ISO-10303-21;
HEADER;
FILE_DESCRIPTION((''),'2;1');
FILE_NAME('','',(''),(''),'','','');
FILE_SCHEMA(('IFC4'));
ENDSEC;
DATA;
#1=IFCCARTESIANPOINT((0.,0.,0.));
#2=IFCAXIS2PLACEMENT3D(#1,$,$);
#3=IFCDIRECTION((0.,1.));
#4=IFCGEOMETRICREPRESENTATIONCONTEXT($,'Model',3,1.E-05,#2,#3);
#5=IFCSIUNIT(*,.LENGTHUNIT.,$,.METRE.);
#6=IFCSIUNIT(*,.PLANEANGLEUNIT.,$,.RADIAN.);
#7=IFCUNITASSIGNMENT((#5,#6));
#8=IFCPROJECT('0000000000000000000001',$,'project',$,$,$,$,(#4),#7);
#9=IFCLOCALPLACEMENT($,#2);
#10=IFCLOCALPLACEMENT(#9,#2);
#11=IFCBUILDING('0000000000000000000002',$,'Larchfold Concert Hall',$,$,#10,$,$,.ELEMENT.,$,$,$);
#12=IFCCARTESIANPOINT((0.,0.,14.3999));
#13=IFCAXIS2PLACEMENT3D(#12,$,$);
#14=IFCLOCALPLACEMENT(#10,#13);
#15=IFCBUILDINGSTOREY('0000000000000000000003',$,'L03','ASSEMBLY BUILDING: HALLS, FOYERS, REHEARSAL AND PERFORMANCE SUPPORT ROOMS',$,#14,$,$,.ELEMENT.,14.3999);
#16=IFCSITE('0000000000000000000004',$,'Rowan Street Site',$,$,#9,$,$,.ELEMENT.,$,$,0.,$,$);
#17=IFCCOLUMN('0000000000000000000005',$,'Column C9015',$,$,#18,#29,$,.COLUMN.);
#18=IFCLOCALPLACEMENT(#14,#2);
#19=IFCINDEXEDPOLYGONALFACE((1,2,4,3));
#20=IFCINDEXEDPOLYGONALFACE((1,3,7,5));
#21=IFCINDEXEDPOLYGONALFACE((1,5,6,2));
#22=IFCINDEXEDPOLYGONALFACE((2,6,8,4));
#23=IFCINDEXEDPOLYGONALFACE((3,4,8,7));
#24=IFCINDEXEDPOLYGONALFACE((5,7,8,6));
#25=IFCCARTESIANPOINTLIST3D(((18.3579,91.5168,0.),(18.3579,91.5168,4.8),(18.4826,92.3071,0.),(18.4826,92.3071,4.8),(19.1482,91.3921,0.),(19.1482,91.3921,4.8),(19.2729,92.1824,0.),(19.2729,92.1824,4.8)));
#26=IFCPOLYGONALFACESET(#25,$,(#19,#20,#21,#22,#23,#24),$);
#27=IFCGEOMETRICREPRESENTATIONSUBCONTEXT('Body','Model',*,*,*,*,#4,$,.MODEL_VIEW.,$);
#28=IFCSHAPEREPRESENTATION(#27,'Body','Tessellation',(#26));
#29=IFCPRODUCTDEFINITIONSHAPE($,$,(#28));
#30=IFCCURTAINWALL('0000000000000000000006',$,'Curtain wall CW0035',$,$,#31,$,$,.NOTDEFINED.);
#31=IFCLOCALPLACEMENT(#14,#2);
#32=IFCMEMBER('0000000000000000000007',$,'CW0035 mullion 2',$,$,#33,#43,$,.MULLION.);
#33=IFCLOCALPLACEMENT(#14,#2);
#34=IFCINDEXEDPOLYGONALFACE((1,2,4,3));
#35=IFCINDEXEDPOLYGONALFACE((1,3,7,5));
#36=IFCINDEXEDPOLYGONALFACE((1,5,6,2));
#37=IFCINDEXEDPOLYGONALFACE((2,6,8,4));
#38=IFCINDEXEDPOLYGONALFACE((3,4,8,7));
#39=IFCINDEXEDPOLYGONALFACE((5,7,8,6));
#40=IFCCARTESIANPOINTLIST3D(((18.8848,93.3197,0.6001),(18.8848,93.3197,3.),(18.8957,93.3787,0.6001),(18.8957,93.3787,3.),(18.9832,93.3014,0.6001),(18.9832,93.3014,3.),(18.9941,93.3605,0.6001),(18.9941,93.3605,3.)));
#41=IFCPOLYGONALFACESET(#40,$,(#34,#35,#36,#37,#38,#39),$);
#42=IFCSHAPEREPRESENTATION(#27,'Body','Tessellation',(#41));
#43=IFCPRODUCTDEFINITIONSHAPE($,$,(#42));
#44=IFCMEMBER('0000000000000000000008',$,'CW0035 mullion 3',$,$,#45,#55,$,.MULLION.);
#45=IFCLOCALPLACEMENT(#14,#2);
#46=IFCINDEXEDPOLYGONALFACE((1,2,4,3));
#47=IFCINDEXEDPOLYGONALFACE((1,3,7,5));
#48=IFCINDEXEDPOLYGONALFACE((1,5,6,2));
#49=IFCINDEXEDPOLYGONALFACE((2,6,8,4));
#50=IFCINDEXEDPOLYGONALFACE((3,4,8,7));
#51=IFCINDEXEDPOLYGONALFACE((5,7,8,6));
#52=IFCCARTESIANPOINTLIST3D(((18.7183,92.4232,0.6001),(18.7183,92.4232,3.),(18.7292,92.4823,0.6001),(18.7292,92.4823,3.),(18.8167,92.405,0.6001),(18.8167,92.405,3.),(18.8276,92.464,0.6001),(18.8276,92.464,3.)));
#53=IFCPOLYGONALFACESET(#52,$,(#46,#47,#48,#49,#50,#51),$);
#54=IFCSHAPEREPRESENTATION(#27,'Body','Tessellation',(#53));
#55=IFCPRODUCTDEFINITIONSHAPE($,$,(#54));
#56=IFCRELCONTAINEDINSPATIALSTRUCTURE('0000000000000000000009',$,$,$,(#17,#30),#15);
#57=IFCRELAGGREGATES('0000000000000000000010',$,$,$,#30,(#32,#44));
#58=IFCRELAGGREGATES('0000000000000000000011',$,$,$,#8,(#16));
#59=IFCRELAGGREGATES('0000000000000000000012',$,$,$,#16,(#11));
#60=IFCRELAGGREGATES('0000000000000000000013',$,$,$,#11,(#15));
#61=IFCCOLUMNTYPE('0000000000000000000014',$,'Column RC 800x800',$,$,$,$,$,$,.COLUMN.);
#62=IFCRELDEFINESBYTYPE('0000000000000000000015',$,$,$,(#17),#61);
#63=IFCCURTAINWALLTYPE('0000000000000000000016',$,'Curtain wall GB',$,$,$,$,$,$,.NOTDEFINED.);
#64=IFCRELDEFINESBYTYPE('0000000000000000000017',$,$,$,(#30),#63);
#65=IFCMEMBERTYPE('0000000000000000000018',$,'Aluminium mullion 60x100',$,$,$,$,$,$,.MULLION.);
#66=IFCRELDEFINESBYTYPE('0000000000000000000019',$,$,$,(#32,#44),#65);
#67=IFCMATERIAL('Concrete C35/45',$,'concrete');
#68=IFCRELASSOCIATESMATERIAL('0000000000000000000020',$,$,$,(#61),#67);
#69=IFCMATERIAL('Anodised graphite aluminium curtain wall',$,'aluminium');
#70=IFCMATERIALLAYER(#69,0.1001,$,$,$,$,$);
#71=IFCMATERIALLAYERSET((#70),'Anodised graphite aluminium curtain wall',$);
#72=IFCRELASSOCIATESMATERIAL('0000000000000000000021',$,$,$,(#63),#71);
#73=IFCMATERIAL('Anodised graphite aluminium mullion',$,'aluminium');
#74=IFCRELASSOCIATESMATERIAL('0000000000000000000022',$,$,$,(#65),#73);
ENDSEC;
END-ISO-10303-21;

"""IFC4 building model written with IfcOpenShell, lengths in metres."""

from ifc_helpers import new_model, si_unit, direction, frame, origin, origin_2d, place, context, subcontext, project, spatial, rectangle, extrude, material, layer, layer_set, material_profile, profile_set, type_object, element, aggregate, save


model = new_model("IFC4")

# Units and contexts
model_context = context("Model", 3, precision=1e-05, world=origin(), true_north=direction((0.0, 1.0)))
body_context = subcontext(model_context, "Body", "Model", "MODEL_VIEW")
ifc_project = project(units=[si_unit("LENGTHUNIT", "METRE"), si_unit("PLANEANGLEUNIT", "RADIAN")], contexts=[model_context])

# Site, building, storey
site_placement = place(None, origin())
site = spatial("IfcSite", under=ifc_project, at=site_placement, Name="Rowan Street Site", CompositionType="ELEMENT", RefElevation=0.0)
building_placement = place(site_placement, origin())
building = spatial("IfcBuilding", under=site, at=building_placement, Name="Larchfold Concert Hall", CompositionType="ELEMENT")
storey_placement = place(building_placement, frame((0.0, 0.0, 14.3999)))
storey = spatial("IfcBuildingStorey", under=building, at=storey_placement, Name="L03", Description="ASSEMBLY BUILDING: HALLS, FOYERS, REHEARSAL AND PERFORMANCE SUPPORT ROOMS", CompositionType="ELEMENT", Elevation=14.3999)

# Column
ifc_material_1 = material(Name="Concrete C35/45", Category="concrete")
ifc_material_profile_1 = material_profile(ifc_material_1, rectangle(XDim=0.8, YDim=0.8, at=origin_2d()))
ifc_profile_set_1 = profile_set([ifc_material_profile_1], Name="Concrete C35/45")
column_type = type_object("IfcColumnType", Name="Column RC 800x800", PredefinedType="COLUMN", material=ifc_profile_set_1)
column_placement = place(storey_placement, frame((18.8154, 91.8496, 0.0), z_axis=(0.0, 0.0, 1.0), x_axis=(0.155868, 0.987778, 0.0)))
element("IfcColumn", 1, at=column_placement, inside=storey, type_object=column_type, Name="Column C9015", PredefinedType="COLUMN", context=body_context, shape_type="SweptSolid", body=[
    extrude(rectangle(XDim=0.8, YDim=0.8, at=origin_2d()), origin(), (0.0, 0.0, 1.0), 4.8),
])

# Curtain wall, members
ifc_material_2 = material(Name="Anodised graphite aluminium curtain wall", Category="aluminium")
ifc_layer_1 = layer(ifc_material_2, 0.1001)
ifc_layer_set_1 = layer_set([ifc_layer_1], Name="Anodised graphite aluminium curtain wall")
curtain_wall_type = type_object("IfcCurtainWallType", Name="Curtain wall GB", PredefinedType="NOTDEFINED", material=ifc_layer_set_1)
curtain_wall_1_placement = place(storey_placement, origin())
curtain_wall_1 = element("IfcCurtainWall", 2, at=curtain_wall_1_placement, inside=storey, type_object=curtain_wall_type, Name="Curtain wall CW0035", PredefinedType="NOTDEFINED")
ifc_material_3 = material(Name="Anodised graphite aluminium mullion", Category="aluminium")
ifc_material_profile_2 = material_profile(ifc_material_3, rectangle(XDim=0.1001, YDim=0.0601, at=origin_2d()))
ifc_profile_set_2 = profile_set([ifc_material_profile_2], Name="Anodised graphite aluminium mullion")
member_type_1 = type_object("IfcMemberType", Name="Aluminium mullion 60x100", PredefinedType="MULLION", material=ifc_profile_set_2)
member_1_placement = place(storey_placement, frame((18.9395, 93.3401, 0.6001), z_axis=(0.0, 0.0, 1.0), x_axis=(0.983231, -0.182363, 0.0)))
member_1 = element("IfcMember", 3, at=member_1_placement, type_object=member_type_1, Name="CW0035 mullion 2", PredefinedType="MULLION", context=body_context, shape_type="SweptSolid", body=[
    extrude(rectangle(XDim=0.1001, YDim=0.0601, at=origin_2d()), origin(), (0.0, 0.0, 1.0), 2.3999),
])
member_2_placement = place(storey_placement, frame((18.7729, 92.4436, 0.6001), z_axis=(0.0, 0.0, 1.0), x_axis=(0.983231, -0.182363, 0.0)))
member_2 = element("IfcMember", 4, at=member_2_placement, type_object=member_type_1, Name="CW0035 mullion 3", PredefinedType="MULLION", context=body_context, shape_type="SweptSolid", body=[
    extrude(rectangle(XDim=0.1001, YDim=0.0601, at=origin_2d()), origin(), (0.0, 0.0, 1.0), 2.3999),
])

aggregate(curtain_wall_1, [member_1, member_2])

save(model, "model.ifc")
